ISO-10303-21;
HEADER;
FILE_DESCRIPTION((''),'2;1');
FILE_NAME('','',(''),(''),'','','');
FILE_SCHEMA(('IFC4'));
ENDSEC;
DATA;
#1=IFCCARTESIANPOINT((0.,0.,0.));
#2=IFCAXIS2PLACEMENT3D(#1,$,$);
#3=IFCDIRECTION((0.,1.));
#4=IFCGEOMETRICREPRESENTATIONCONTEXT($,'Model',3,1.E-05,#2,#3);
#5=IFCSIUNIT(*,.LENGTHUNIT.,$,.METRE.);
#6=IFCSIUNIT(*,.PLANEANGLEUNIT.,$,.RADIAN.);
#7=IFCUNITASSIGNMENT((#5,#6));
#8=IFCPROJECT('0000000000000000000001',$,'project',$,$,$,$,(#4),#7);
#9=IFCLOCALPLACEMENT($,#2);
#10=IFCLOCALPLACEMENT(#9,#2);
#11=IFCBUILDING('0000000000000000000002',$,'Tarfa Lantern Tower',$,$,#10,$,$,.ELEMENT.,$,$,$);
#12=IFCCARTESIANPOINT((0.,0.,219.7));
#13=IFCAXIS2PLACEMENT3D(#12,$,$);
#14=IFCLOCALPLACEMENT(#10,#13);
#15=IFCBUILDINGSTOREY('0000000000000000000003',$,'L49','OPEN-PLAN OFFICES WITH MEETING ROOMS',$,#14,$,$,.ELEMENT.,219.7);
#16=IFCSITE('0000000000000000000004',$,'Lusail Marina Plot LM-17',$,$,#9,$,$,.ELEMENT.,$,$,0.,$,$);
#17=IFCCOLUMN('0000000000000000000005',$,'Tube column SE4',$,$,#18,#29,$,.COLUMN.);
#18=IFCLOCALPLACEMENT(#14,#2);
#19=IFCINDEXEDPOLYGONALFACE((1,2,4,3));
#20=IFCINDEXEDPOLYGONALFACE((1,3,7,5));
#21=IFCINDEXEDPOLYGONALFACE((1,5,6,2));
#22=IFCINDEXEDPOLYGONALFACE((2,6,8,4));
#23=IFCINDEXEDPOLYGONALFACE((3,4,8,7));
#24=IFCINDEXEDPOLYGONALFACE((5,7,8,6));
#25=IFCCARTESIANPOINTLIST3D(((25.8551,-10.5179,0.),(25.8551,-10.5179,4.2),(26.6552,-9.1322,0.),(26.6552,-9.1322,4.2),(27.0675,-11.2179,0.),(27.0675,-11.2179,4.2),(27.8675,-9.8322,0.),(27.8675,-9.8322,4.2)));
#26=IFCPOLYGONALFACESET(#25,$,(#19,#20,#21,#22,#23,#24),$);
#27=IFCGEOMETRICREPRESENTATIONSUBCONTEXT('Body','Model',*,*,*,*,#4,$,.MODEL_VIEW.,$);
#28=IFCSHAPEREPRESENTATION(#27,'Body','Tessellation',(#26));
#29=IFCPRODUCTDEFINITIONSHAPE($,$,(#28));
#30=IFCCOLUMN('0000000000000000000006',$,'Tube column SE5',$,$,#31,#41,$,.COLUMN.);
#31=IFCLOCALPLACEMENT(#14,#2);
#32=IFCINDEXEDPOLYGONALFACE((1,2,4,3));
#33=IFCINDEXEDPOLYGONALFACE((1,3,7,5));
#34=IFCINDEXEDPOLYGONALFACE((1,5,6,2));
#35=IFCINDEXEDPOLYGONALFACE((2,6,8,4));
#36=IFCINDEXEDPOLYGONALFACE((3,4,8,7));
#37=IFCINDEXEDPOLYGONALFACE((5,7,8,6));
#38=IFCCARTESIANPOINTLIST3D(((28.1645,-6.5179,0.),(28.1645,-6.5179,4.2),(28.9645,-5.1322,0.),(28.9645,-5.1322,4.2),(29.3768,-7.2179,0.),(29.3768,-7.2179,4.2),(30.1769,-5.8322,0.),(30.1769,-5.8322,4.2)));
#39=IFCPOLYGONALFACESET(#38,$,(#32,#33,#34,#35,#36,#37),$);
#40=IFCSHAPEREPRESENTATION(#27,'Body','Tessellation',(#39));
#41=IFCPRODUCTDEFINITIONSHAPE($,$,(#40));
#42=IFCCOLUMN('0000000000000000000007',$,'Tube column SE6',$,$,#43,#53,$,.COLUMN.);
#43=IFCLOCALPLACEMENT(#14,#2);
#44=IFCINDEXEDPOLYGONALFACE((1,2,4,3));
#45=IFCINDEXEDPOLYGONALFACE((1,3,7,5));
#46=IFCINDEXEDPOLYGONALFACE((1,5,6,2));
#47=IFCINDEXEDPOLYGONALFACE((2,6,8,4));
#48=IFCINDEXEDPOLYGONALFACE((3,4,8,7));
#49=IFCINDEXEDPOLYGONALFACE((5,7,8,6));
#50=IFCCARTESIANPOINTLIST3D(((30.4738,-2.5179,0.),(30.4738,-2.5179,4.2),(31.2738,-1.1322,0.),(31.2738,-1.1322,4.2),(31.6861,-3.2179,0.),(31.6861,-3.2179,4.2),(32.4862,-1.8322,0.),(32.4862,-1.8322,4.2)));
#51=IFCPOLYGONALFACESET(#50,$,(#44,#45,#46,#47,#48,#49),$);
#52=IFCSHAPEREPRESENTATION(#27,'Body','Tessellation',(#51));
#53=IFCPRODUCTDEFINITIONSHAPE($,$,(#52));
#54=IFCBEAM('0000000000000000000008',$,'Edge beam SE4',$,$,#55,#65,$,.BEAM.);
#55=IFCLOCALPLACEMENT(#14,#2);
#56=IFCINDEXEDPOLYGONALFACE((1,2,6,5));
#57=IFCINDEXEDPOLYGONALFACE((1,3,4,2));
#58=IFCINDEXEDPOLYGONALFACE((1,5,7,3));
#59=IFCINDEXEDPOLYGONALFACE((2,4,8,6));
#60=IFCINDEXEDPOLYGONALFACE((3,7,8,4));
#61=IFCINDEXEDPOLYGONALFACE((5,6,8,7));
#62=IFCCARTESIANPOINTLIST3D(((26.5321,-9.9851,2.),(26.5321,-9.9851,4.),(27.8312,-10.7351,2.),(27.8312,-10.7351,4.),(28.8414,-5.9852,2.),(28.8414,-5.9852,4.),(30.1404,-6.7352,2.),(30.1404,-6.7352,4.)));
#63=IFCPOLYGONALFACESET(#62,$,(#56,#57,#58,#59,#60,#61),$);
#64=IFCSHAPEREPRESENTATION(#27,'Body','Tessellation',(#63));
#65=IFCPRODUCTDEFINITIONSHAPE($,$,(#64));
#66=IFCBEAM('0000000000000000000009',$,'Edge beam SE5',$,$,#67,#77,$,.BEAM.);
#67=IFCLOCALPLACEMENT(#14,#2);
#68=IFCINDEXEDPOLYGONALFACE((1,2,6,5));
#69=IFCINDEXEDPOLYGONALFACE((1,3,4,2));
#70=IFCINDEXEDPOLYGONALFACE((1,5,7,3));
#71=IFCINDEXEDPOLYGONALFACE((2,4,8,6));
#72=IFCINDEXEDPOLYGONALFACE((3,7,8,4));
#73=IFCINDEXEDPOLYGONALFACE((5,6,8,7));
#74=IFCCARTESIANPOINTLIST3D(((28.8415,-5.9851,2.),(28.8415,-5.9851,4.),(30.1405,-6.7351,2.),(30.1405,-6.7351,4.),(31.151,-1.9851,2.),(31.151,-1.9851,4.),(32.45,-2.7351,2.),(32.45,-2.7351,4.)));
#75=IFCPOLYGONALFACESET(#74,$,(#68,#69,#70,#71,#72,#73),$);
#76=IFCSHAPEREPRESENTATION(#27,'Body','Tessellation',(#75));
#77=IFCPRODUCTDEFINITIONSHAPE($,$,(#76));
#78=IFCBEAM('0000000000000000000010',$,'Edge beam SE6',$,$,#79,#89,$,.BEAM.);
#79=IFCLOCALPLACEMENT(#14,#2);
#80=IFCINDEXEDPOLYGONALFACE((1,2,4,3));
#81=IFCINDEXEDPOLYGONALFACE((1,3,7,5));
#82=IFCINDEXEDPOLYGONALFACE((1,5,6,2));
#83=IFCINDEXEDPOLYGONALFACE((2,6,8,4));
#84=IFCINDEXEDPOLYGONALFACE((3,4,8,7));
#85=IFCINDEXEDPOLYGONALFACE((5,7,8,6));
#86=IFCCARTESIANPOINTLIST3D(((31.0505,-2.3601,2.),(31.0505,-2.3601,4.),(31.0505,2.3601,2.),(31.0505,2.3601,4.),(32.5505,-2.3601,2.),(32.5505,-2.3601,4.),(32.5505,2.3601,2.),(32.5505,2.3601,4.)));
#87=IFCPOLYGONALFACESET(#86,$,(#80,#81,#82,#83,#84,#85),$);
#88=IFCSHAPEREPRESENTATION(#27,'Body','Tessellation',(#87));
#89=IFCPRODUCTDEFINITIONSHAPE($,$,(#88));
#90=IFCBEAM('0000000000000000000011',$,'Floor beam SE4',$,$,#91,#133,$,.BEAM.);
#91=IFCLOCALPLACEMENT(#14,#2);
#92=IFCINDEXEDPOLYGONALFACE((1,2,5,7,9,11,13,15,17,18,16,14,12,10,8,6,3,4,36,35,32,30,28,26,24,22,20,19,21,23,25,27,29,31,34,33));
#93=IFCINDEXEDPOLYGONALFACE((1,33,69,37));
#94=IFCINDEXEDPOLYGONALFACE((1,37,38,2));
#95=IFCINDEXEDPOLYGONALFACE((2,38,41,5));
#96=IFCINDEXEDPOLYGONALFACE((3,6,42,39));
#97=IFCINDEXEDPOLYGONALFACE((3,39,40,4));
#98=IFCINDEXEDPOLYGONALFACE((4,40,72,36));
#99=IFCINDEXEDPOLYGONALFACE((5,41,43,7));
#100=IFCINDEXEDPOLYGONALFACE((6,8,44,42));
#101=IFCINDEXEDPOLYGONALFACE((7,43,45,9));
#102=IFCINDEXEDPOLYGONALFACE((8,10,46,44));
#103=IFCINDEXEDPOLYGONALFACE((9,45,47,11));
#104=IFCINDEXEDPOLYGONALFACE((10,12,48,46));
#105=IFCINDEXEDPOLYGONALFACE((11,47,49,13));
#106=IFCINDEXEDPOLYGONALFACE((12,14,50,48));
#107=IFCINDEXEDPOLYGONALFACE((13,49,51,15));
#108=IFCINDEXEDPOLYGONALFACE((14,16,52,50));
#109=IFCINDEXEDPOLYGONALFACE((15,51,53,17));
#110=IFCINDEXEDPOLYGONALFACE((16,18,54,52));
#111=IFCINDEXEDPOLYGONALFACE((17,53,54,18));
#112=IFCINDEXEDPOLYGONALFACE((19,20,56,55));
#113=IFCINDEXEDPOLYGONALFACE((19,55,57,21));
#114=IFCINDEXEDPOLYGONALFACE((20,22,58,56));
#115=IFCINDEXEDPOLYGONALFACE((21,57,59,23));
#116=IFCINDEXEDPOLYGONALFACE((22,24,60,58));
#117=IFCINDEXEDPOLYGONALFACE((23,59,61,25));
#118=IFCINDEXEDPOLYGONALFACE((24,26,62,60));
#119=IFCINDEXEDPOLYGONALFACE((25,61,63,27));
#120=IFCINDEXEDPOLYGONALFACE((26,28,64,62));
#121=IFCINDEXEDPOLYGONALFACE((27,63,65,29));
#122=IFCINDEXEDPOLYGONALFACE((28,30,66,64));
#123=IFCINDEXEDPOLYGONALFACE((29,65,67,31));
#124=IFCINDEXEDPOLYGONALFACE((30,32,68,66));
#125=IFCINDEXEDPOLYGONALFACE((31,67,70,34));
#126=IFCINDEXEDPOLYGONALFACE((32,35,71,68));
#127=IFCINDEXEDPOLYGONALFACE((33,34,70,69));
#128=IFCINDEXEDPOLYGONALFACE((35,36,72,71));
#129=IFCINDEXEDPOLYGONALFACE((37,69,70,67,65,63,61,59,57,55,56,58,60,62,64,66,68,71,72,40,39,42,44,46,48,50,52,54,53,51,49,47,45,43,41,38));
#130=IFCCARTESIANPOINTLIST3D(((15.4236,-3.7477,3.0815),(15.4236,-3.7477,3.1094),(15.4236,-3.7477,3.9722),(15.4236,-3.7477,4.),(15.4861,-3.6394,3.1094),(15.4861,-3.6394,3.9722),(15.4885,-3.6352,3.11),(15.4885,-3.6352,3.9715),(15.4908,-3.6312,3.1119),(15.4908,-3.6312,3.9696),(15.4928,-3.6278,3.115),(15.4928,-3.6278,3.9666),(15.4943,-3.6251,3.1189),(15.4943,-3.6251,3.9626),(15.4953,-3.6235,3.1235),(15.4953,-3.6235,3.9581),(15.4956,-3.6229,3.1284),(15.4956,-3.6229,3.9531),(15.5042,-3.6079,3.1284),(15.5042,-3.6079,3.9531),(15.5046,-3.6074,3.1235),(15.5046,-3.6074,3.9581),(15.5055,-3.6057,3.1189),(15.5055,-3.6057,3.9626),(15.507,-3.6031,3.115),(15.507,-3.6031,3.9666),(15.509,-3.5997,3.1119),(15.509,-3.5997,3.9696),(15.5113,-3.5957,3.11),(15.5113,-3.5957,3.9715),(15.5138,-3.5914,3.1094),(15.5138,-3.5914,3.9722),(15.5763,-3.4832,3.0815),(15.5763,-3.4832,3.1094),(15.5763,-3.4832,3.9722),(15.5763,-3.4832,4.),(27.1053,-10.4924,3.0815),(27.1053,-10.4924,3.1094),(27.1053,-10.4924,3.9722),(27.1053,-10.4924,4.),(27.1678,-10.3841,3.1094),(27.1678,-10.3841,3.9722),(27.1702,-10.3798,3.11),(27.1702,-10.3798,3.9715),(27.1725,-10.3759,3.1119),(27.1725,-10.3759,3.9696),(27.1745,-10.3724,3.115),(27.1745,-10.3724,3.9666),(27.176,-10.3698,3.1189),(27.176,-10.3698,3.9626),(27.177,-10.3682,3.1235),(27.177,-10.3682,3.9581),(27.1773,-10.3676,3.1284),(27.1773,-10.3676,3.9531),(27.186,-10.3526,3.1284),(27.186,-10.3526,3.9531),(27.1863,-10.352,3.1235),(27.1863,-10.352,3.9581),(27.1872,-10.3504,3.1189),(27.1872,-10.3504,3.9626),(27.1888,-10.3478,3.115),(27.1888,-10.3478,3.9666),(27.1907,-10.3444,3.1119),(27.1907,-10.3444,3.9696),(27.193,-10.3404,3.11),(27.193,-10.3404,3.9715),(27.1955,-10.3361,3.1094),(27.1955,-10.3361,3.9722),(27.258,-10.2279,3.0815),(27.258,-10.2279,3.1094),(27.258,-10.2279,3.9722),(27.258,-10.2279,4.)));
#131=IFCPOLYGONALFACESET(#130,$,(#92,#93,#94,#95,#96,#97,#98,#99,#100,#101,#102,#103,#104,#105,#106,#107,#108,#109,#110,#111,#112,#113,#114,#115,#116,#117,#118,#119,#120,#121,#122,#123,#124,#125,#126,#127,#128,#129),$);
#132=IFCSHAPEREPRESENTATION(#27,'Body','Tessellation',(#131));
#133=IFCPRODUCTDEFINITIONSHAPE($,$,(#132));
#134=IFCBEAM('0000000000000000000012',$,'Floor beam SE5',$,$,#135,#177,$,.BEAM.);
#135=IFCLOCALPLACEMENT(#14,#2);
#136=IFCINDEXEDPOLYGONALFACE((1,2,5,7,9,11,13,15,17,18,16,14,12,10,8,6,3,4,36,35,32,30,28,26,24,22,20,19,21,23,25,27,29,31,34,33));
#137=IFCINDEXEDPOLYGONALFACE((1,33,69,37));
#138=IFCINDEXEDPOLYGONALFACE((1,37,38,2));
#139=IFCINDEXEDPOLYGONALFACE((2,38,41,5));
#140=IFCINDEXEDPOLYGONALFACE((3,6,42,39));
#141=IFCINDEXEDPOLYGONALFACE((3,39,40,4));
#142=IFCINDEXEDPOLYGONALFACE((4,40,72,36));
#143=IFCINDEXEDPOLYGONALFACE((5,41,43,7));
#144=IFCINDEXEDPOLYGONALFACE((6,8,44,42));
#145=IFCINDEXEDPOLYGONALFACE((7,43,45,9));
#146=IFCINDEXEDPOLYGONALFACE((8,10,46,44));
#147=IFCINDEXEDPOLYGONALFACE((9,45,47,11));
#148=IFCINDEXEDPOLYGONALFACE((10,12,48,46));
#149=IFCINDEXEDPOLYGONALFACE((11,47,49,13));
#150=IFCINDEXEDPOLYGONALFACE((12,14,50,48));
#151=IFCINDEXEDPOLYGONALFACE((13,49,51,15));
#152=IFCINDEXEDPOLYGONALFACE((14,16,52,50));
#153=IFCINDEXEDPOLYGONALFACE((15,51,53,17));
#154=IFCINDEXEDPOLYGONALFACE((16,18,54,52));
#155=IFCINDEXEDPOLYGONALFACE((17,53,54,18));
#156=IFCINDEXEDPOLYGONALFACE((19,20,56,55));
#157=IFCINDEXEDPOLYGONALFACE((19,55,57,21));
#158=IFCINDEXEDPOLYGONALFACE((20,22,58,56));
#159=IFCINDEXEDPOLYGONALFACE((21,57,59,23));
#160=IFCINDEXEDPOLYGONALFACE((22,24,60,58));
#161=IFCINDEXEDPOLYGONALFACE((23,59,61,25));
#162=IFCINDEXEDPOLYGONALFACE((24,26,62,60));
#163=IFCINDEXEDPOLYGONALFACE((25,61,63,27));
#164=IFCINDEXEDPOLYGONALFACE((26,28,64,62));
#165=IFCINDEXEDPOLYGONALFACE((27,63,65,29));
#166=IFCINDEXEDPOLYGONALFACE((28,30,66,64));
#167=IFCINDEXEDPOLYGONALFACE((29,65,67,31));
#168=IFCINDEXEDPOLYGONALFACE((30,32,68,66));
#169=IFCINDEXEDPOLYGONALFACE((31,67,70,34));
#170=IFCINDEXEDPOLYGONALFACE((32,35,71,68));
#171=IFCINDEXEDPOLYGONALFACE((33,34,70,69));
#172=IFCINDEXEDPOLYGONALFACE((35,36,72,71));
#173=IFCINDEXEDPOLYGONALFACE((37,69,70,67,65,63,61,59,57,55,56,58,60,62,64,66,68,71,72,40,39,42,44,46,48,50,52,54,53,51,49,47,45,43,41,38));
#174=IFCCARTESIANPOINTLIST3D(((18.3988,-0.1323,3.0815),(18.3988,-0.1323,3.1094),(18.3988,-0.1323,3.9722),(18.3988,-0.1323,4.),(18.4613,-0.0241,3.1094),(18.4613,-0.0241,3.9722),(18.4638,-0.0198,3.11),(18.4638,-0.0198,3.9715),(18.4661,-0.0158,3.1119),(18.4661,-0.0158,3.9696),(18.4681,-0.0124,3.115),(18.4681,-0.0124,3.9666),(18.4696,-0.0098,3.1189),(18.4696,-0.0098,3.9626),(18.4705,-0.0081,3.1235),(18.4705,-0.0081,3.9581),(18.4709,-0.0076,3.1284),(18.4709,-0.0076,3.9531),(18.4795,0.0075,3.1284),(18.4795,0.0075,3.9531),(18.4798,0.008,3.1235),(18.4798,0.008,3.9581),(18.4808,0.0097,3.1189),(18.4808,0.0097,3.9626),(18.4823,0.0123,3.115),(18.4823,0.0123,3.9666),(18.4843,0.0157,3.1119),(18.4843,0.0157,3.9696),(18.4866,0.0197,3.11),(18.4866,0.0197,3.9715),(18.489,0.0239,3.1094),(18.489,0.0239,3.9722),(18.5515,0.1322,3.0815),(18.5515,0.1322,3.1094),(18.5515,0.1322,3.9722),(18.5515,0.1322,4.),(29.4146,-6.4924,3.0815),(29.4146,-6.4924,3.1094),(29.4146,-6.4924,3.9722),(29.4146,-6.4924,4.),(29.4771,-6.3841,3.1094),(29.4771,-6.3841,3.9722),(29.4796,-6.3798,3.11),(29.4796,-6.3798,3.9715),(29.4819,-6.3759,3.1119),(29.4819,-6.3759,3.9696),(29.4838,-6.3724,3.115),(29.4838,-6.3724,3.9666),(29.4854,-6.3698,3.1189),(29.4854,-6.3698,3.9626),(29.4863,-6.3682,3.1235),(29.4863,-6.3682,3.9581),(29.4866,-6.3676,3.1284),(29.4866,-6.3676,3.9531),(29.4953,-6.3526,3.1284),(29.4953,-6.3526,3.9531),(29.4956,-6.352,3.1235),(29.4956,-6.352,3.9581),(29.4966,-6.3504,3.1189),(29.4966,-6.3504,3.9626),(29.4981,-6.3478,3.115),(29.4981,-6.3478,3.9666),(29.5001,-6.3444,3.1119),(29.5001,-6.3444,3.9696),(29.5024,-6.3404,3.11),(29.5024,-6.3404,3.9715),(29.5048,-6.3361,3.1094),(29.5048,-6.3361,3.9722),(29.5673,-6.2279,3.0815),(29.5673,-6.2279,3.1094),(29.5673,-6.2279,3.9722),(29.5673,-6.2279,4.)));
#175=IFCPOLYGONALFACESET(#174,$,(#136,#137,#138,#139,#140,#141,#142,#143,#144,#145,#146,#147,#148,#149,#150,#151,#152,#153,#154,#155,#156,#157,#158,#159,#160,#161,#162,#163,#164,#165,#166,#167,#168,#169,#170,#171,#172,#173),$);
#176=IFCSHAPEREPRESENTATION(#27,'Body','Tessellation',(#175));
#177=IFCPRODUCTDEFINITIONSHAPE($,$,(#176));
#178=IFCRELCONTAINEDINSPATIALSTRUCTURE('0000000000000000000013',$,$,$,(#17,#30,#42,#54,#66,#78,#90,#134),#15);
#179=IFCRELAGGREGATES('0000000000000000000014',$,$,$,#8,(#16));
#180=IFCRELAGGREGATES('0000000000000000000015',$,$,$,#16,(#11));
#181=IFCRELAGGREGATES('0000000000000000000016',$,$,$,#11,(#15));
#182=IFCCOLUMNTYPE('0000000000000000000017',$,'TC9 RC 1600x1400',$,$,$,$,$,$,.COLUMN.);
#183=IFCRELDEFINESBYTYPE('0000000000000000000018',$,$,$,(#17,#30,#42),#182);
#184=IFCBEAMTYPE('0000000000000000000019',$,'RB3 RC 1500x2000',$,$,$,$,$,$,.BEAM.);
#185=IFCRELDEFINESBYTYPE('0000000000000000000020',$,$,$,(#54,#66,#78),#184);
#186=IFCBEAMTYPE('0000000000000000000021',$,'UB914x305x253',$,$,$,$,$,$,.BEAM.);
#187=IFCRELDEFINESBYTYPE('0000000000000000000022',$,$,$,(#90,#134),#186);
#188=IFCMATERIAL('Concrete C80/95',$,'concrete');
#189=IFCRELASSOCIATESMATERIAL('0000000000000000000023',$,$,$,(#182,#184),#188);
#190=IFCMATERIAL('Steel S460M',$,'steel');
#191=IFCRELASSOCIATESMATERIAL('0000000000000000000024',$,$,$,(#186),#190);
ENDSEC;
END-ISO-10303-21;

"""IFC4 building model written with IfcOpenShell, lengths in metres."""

from ifc_helpers import new_model, si_unit, direction, frame, origin, origin_2d, place, context, subcontext, project, spatial, rectangle, i_section, extrude, material, material_profile, profile_set, type_object, element, save


model = new_model("IFC4")

# Units and contexts
model_context = context("Model", 3, precision=1e-05, world=origin(), true_north=direction((0.0, 1.0)))
body_context = subcontext(model_context, "Body", "Model", "MODEL_VIEW")
ifc_project = project(units=[si_unit("LENGTHUNIT", "METRE"), si_unit("PLANEANGLEUNIT", "RADIAN")], contexts=[model_context])

# Site, building, storey
site_placement = place(None, origin())
site = spatial("IfcSite", under=ifc_project, at=site_placement, Name="Lusail Marina Plot LM-17", CompositionType="ELEMENT", RefElevation=0.0)
building_placement = place(site_placement, origin())
building = spatial("IfcBuilding", under=site, at=building_placement, Name="Tarfa Lantern Tower", CompositionType="ELEMENT")
storey_placement = place(building_placement, frame((0.0, 0.0, 219.7)))
storey = spatial("IfcBuildingStorey", under=building, at=storey_placement, Name="L49", Description="OPEN-PLAN OFFICES WITH MEETING ROOMS", CompositionType="ELEMENT", Elevation=219.7)

# Columns
ifc_material_1 = material(Name="Concrete C80/95", Category="concrete")
ifc_material_profile_1 = material_profile(ifc_material_1, rectangle(XDim=1.6001, YDim=1.3999, at=origin_2d()), Name="RC 1600x1400")
ifc_profile_set_1 = profile_set([ifc_material_profile_1], Name="Concrete C80/95")
column_type = type_object("IfcColumnType", Name="TC9 RC 1600x1400", PredefinedType="COLUMN", material=ifc_profile_set_1)
for number, where, z_axis, x_axis, name in (
    (1, (26.8613, -10.175, 0.0), (0.0, 0.0, 1.0), (0.5, 0.866025, 0.0), "Tube column SE4"),
    (2, (29.1707, -6.175, 0.0), (0.0, 0.0, 1.0), (0.5, 0.866025, 0.0), "Tube column SE5"),
    (3, (31.48, -2.175, 0.0), (0.0, 0.0, 1.0), (0.5, 0.866025, 0.0), "Tube column SE6"),
):
    element("IfcColumn", number, at=place(storey_placement, frame(where, z_axis=z_axis, x_axis=x_axis)), inside=storey, type_object=column_type, Name=name, PredefinedType="COLUMN", context=body_context, shape_type="SweptSolid", body=[
        extrude(rectangle(XDim=1.6001, YDim=1.3999, at=origin_2d()), origin(), (0.0, 0.0, 1.0), 4.2),
    ])

# Beams
ifc_material_profile_2 = material_profile(ifc_material_1, rectangle(XDim=1.5, YDim=2.0, at=origin_2d()), Name="RC 1500x2000")
ifc_profile_set_2 = profile_set([ifc_material_profile_2], Name="Concrete C80/95")
beam_type_1 = type_object("IfcBeamType", Name="RB3 RC 1500x2000", PredefinedType="BEAM", material=ifc_profile_set_2)
beam_1_placement = place(storey_placement, frame((27.1816, -10.3601, 3.0), z_axis=(0.499988, 0.866032, 0.0), x_axis=(-0.866032, 0.499988, 0.0)))
element("IfcBeam", 4, at=beam_1_placement, inside=storey, type_object=beam_type_1, Name="Edge beam SE4", PredefinedType="BEAM", context=body_context, shape_type="SweptSolid", body=[
    extrude(rectangle(XDim=1.5, YDim=2.0, at=origin_2d()), origin(), (0.0, 0.0, 1.0), 4.6187),
])
beam_2_placement = place(storey_placement, frame((29.491, -6.3601, 3.0), z_axis=(0.500027, 0.86601, 0.0), x_axis=(-0.86601, 0.500027, 0.0)))
element("IfcBeam", 5, at=beam_2_placement, inside=storey, type_object=beam_type_1, Name="Edge beam SE5", PredefinedType="BEAM", context=body_context, shape_type="SweptSolid", body=[
    extrude(rectangle(XDim=1.5, YDim=2.0, at=origin_2d()), origin(), (0.0, 0.0, 1.0), 4.6189),
])
beam_3_placement = place(storey_placement, frame((31.8005, -2.3601, 3.0), z_axis=(0.0, 1.0, 0.0), x_axis=(-1.0, 0.0, 0.0)))
element("IfcBeam", 6, at=beam_3_placement, inside=storey, type_object=beam_type_1, Name="Edge beam SE6", PredefinedType="BEAM", context=body_context, shape_type="SweptSolid", body=[
    extrude(rectangle(XDim=1.5, YDim=2.0, at=origin_2d()), origin(), (0.0, 0.0, 1.0), 4.7202),
])
ifc_material_2 = material(Name="Steel S460M", Category="steel")
ifc_material_profile_3 = material_profile(ifc_material_2, i_section(OverallWidth=0.3054, OverallDepth=0.9185, WebThickness=0.0173, FlangeThickness=0.0278, FilletRadius=0.019, at=origin_2d()), Name="UB914x305x253")
ifc_profile_set_3 = profile_set([ifc_material_profile_3], Name="Steel S460M")
beam_type_2 = type_object("IfcBeamType", Name="UB914x305x253", PredefinedType="BEAM", material=ifc_profile_set_3)
beam_4_placement = place(storey_placement, frame((27.1816, -10.3601, 3.5408), z_axis=(-0.866018, 0.500013, 0.0), x_axis=(-0.500013, -0.866018, 0.0)))
element("IfcBeam", 7, at=beam_4_placement, inside=storey, type_object=beam_type_2, Name="Floor beam SE4", PredefinedType="BEAM", context=body_context, shape_type="SweptSolid", body=[
    extrude(i_section(OverallWidth=0.3054, OverallDepth=0.9185, WebThickness=0.0173, FlangeThickness=0.0278, FilletRadius=0.019, at=origin_2d()), origin(), (0.0, 0.0, 1.0), 13.489),
])
beam_5_placement = place(storey_placement, frame((29.491, -6.3601, 3.5408), z_axis=(-0.866022, 0.500005, 0.0), x_axis=(-0.500005, -0.866022, 0.0)))
element("IfcBeam", 8, at=beam_5_placement, inside=storey, type_object=beam_type_2, Name="Floor beam SE5", PredefinedType="BEAM", context=body_context, shape_type="SweptSolid", body=[
    extrude(i_section(OverallWidth=0.3054, OverallDepth=0.9185, WebThickness=0.0173, FlangeThickness=0.0278, FilletRadius=0.019, at=origin_2d()), origin(), (0.0, 0.0, 1.0), 12.72),
])

save(model, "model.ifc")
